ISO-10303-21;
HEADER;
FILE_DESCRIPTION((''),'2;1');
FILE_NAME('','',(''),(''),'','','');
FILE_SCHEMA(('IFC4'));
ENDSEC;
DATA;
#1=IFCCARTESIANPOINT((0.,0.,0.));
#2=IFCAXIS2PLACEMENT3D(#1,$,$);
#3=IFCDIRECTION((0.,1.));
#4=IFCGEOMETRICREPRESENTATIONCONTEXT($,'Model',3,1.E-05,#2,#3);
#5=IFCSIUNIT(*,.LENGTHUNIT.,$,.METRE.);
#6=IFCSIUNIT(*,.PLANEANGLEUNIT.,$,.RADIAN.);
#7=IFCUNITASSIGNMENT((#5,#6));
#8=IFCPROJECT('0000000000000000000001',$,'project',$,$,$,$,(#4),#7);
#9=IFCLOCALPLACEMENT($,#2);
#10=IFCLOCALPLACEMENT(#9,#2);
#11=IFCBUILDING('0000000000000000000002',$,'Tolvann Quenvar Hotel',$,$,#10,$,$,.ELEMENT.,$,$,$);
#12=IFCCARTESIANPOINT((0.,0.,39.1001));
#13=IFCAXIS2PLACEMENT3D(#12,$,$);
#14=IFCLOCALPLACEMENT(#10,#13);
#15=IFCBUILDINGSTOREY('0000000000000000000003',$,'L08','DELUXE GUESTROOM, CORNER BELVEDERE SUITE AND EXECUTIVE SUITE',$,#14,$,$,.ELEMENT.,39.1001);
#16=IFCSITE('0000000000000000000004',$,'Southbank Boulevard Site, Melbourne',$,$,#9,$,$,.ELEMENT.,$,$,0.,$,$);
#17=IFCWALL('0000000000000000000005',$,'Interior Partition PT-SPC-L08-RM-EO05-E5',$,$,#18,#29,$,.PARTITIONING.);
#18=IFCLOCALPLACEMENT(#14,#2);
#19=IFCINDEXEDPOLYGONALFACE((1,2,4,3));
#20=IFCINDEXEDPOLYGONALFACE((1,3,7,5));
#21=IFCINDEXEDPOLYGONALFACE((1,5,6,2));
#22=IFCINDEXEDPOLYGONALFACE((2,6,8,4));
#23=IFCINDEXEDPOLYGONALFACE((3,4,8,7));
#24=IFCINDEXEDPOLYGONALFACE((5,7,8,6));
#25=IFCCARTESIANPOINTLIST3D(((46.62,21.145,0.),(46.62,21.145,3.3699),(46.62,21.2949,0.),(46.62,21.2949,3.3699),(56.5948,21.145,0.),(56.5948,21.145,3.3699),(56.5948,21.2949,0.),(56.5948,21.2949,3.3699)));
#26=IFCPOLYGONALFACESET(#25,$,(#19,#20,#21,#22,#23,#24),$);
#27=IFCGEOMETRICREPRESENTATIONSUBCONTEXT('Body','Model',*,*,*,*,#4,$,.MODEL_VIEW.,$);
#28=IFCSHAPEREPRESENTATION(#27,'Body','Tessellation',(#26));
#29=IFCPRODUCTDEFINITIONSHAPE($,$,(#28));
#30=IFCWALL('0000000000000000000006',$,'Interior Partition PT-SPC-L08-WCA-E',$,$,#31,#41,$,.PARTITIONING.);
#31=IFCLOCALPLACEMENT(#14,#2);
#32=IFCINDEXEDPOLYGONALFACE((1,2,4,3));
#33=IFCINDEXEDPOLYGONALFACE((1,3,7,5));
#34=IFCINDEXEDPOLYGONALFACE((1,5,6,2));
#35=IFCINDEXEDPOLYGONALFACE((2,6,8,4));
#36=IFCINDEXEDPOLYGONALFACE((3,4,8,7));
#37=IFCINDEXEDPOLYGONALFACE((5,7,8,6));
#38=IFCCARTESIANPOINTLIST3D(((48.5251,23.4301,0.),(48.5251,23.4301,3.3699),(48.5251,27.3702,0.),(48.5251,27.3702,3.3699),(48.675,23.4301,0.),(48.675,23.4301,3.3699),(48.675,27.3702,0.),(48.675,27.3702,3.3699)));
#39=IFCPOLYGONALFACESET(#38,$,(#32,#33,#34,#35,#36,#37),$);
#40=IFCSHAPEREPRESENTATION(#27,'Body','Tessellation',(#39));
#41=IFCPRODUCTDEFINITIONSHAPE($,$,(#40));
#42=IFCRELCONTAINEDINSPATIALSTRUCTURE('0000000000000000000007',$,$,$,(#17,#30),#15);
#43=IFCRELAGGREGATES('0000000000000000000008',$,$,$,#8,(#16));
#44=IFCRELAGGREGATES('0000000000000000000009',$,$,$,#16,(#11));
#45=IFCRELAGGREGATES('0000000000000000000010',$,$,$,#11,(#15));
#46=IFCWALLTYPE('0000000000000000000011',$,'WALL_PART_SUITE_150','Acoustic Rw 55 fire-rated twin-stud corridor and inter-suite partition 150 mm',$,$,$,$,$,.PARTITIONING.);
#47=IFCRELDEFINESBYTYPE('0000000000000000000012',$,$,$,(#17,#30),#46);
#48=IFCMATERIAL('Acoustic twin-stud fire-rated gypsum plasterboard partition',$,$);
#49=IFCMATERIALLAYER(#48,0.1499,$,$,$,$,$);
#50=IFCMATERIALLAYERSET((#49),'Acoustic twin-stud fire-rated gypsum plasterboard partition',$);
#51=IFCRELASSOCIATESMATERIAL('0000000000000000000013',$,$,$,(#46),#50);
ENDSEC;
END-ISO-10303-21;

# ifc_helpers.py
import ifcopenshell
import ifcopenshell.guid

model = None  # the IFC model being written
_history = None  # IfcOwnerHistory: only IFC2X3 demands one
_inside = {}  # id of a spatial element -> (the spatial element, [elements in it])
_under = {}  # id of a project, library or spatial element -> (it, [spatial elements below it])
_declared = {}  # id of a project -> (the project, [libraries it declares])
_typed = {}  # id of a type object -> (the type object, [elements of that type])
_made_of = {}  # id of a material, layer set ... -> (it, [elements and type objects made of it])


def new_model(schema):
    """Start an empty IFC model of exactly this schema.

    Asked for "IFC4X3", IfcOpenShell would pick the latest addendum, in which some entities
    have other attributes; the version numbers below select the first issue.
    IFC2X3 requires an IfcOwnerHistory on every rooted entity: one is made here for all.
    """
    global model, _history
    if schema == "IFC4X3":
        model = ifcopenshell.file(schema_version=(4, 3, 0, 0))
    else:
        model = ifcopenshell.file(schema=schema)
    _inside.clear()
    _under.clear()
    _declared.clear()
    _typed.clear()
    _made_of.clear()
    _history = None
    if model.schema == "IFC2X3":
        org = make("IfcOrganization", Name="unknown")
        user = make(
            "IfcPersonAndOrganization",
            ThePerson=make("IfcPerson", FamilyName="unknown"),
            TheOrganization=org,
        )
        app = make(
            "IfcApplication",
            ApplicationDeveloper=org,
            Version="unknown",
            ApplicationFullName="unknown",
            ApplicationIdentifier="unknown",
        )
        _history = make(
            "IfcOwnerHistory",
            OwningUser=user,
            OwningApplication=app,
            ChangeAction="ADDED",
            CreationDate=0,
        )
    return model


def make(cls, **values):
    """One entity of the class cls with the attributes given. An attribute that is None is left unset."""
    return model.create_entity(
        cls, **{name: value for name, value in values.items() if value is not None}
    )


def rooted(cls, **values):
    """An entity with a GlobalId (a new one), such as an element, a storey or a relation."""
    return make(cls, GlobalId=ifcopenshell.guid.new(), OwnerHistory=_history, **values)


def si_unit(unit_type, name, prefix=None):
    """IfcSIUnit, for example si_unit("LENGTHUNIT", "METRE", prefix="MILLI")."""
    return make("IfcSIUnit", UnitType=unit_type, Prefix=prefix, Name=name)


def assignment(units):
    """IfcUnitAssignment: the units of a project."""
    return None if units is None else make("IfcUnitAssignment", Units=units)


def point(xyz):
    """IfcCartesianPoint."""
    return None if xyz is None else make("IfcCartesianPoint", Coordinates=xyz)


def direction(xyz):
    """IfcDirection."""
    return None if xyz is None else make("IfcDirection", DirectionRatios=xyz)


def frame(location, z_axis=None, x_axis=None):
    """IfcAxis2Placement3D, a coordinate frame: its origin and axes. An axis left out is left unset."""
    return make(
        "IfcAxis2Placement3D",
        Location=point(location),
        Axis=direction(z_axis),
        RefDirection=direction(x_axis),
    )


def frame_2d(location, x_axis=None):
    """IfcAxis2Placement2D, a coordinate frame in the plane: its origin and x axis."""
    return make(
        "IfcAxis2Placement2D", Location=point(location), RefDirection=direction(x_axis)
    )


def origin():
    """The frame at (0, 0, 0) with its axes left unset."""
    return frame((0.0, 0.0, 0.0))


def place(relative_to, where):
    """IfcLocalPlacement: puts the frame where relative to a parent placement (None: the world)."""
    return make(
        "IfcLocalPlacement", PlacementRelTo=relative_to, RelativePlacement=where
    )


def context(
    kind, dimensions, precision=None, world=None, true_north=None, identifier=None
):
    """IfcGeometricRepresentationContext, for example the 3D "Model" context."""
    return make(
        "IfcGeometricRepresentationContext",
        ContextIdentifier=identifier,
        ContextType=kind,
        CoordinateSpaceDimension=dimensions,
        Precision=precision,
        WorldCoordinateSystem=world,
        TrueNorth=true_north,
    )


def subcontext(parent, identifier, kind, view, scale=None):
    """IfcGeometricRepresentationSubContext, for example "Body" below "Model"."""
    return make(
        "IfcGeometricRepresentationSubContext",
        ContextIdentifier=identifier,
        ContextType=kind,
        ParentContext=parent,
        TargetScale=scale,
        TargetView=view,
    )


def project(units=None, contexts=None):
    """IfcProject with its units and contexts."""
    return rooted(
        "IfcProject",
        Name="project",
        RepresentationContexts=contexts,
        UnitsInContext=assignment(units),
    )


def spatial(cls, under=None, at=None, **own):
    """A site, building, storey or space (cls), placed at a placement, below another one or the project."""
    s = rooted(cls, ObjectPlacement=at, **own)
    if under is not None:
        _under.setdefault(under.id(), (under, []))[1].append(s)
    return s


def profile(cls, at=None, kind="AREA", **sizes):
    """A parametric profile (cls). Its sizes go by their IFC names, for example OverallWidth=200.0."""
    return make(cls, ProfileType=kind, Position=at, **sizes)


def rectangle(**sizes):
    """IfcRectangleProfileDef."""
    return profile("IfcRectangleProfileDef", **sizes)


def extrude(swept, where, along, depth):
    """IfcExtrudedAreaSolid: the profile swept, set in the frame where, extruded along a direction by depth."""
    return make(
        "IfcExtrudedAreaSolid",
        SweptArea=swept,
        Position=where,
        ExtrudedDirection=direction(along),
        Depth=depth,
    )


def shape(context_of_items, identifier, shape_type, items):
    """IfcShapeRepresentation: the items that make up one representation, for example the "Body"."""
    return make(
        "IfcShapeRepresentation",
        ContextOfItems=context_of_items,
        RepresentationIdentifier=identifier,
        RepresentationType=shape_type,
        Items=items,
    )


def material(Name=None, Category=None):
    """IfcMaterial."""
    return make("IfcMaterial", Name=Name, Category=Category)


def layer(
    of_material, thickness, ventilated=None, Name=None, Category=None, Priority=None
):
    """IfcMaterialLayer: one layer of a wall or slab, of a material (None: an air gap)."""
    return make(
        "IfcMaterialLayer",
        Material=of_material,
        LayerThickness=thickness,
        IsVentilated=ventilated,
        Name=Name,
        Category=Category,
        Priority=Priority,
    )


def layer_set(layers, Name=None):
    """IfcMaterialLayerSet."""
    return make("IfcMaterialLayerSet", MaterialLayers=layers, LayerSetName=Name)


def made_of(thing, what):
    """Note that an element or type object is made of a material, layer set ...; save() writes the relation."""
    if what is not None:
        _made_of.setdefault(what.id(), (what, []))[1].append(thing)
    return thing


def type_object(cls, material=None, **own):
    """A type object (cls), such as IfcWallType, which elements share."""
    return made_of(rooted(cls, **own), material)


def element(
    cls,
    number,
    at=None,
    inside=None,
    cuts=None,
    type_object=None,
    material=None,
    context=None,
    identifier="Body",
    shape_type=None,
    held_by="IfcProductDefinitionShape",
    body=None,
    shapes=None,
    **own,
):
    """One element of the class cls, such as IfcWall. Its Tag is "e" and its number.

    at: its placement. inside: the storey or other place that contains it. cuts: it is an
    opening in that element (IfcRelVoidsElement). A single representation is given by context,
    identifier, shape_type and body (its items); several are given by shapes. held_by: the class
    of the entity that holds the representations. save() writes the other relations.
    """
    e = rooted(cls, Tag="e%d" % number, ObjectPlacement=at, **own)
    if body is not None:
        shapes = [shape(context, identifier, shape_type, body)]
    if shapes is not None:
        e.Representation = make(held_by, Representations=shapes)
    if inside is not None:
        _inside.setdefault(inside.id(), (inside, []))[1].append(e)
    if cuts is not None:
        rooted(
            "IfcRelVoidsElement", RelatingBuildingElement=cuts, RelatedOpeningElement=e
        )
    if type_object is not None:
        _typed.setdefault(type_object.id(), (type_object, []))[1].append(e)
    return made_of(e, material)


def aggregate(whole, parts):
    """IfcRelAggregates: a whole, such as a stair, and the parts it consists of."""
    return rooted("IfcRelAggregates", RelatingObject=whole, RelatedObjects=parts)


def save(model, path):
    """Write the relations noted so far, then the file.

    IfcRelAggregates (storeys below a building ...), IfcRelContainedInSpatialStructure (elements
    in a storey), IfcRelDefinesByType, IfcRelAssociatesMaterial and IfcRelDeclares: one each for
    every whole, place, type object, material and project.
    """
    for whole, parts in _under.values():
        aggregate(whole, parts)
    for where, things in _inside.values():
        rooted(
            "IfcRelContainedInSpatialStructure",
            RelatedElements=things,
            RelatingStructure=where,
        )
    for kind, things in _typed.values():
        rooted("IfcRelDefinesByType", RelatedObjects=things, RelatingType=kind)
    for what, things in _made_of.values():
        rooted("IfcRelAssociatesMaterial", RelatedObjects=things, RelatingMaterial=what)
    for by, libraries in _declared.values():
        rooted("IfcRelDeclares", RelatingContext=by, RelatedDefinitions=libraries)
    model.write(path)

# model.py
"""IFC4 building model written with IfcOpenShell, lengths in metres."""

from ifc_helpers import new_model, si_unit, direction, frame, frame_2d, origin, place, context, subcontext, project, spatial, rectangle, extrude, material, layer, layer_set, type_object, element, save


model = new_model("IFC4")

# Units and contexts
model_context = context("Model", 3, precision=1e-05, world=origin(), true_north=direction((0.0, 1.0)))
body_context = subcontext(model_context, "Body", "Model", "MODEL_VIEW")
ifc_project = project(units=[si_unit("LENGTHUNIT", "METRE"), si_unit("PLANEANGLEUNIT", "RADIAN")], contexts=[model_context])

# Site, building, storey
site_placement = place(None, origin())
site = spatial("IfcSite", under=ifc_project, at=site_placement, Name="Southbank Boulevard Site, Melbourne", CompositionType="ELEMENT", RefElevation=0.0)
building_placement = place(site_placement, origin())
building = spatial("IfcBuilding", under=site, at=building_placement, Name="Tolvann Quenvar Hotel", CompositionType="ELEMENT")
storey_placement = place(building_placement, frame((0.0, 0.0, 39.1001)))
storey = spatial("IfcBuildingStorey", under=building, at=storey_placement, Name="L08", Description="DELUXE GUESTROOM, CORNER BELVEDERE SUITE AND EXECUTIVE SUITE", CompositionType="ELEMENT", Elevation=39.1001)

# Shared definitions
ifc_material_1 = material(Name="Acoustic twin-stud fire-rated gypsum plasterboard partition")
ifc_layer_1 = layer(ifc_material_1, 0.1499)
ifc_layer_set_1 = layer_set([ifc_layer_1], Name="Acoustic twin-stud fire-rated gypsum plasterboard partition")
wall_type_1 = type_object("IfcWallType", Name="WALL_PART_SUITE_150", Description="Acoustic Rw 55 fire-rated twin-stud corridor and inter-suite partition 150 mm", PredefinedType="PARTITIONING", material=ifc_layer_set_1)

# Walls
wall_1_placement = place(storey_placement, frame((46.6201, 21.22, 0.0), z_axis=(0.0, 0.0, 1.0), x_axis=(1.0, 0.0, 0.0)))
element("IfcWall", 1, at=wall_1_placement, inside=storey, type_object=wall_type_1, Name="Interior Partition PT-SPC-L08-RM-EO05-E5", PredefinedType="PARTITIONING", context=body_context, shape_type="SweptSolid", body=[
    extrude(rectangle(XDim=9.9749, YDim=0.1499, at=frame_2d((4.9873, 0.0))), origin(), (0.0, 0.0, 1.0), 3.3699),
])
wall_2_placement = place(storey_placement, frame((48.6001, 23.4299, 0.0), z_axis=(0.0, 0.0, 1.0), x_axis=(0.0, 1.0, 0.0)))
element("IfcWall", 2, at=wall_2_placement, inside=storey, type_object=wall_type_1, Name="Interior Partition PT-SPC-L08-WCA-E", PredefinedType="PARTITIONING", context=body_context, shape_type="SweptSolid", body=[
    extrude(rectangle(XDim=3.9402, YDim=0.1499, at=frame_2d((1.9702, 0.0))), origin(), (0.0, 0.0, 1.0), 3.3699),
])

save(model, "model.ifc")
